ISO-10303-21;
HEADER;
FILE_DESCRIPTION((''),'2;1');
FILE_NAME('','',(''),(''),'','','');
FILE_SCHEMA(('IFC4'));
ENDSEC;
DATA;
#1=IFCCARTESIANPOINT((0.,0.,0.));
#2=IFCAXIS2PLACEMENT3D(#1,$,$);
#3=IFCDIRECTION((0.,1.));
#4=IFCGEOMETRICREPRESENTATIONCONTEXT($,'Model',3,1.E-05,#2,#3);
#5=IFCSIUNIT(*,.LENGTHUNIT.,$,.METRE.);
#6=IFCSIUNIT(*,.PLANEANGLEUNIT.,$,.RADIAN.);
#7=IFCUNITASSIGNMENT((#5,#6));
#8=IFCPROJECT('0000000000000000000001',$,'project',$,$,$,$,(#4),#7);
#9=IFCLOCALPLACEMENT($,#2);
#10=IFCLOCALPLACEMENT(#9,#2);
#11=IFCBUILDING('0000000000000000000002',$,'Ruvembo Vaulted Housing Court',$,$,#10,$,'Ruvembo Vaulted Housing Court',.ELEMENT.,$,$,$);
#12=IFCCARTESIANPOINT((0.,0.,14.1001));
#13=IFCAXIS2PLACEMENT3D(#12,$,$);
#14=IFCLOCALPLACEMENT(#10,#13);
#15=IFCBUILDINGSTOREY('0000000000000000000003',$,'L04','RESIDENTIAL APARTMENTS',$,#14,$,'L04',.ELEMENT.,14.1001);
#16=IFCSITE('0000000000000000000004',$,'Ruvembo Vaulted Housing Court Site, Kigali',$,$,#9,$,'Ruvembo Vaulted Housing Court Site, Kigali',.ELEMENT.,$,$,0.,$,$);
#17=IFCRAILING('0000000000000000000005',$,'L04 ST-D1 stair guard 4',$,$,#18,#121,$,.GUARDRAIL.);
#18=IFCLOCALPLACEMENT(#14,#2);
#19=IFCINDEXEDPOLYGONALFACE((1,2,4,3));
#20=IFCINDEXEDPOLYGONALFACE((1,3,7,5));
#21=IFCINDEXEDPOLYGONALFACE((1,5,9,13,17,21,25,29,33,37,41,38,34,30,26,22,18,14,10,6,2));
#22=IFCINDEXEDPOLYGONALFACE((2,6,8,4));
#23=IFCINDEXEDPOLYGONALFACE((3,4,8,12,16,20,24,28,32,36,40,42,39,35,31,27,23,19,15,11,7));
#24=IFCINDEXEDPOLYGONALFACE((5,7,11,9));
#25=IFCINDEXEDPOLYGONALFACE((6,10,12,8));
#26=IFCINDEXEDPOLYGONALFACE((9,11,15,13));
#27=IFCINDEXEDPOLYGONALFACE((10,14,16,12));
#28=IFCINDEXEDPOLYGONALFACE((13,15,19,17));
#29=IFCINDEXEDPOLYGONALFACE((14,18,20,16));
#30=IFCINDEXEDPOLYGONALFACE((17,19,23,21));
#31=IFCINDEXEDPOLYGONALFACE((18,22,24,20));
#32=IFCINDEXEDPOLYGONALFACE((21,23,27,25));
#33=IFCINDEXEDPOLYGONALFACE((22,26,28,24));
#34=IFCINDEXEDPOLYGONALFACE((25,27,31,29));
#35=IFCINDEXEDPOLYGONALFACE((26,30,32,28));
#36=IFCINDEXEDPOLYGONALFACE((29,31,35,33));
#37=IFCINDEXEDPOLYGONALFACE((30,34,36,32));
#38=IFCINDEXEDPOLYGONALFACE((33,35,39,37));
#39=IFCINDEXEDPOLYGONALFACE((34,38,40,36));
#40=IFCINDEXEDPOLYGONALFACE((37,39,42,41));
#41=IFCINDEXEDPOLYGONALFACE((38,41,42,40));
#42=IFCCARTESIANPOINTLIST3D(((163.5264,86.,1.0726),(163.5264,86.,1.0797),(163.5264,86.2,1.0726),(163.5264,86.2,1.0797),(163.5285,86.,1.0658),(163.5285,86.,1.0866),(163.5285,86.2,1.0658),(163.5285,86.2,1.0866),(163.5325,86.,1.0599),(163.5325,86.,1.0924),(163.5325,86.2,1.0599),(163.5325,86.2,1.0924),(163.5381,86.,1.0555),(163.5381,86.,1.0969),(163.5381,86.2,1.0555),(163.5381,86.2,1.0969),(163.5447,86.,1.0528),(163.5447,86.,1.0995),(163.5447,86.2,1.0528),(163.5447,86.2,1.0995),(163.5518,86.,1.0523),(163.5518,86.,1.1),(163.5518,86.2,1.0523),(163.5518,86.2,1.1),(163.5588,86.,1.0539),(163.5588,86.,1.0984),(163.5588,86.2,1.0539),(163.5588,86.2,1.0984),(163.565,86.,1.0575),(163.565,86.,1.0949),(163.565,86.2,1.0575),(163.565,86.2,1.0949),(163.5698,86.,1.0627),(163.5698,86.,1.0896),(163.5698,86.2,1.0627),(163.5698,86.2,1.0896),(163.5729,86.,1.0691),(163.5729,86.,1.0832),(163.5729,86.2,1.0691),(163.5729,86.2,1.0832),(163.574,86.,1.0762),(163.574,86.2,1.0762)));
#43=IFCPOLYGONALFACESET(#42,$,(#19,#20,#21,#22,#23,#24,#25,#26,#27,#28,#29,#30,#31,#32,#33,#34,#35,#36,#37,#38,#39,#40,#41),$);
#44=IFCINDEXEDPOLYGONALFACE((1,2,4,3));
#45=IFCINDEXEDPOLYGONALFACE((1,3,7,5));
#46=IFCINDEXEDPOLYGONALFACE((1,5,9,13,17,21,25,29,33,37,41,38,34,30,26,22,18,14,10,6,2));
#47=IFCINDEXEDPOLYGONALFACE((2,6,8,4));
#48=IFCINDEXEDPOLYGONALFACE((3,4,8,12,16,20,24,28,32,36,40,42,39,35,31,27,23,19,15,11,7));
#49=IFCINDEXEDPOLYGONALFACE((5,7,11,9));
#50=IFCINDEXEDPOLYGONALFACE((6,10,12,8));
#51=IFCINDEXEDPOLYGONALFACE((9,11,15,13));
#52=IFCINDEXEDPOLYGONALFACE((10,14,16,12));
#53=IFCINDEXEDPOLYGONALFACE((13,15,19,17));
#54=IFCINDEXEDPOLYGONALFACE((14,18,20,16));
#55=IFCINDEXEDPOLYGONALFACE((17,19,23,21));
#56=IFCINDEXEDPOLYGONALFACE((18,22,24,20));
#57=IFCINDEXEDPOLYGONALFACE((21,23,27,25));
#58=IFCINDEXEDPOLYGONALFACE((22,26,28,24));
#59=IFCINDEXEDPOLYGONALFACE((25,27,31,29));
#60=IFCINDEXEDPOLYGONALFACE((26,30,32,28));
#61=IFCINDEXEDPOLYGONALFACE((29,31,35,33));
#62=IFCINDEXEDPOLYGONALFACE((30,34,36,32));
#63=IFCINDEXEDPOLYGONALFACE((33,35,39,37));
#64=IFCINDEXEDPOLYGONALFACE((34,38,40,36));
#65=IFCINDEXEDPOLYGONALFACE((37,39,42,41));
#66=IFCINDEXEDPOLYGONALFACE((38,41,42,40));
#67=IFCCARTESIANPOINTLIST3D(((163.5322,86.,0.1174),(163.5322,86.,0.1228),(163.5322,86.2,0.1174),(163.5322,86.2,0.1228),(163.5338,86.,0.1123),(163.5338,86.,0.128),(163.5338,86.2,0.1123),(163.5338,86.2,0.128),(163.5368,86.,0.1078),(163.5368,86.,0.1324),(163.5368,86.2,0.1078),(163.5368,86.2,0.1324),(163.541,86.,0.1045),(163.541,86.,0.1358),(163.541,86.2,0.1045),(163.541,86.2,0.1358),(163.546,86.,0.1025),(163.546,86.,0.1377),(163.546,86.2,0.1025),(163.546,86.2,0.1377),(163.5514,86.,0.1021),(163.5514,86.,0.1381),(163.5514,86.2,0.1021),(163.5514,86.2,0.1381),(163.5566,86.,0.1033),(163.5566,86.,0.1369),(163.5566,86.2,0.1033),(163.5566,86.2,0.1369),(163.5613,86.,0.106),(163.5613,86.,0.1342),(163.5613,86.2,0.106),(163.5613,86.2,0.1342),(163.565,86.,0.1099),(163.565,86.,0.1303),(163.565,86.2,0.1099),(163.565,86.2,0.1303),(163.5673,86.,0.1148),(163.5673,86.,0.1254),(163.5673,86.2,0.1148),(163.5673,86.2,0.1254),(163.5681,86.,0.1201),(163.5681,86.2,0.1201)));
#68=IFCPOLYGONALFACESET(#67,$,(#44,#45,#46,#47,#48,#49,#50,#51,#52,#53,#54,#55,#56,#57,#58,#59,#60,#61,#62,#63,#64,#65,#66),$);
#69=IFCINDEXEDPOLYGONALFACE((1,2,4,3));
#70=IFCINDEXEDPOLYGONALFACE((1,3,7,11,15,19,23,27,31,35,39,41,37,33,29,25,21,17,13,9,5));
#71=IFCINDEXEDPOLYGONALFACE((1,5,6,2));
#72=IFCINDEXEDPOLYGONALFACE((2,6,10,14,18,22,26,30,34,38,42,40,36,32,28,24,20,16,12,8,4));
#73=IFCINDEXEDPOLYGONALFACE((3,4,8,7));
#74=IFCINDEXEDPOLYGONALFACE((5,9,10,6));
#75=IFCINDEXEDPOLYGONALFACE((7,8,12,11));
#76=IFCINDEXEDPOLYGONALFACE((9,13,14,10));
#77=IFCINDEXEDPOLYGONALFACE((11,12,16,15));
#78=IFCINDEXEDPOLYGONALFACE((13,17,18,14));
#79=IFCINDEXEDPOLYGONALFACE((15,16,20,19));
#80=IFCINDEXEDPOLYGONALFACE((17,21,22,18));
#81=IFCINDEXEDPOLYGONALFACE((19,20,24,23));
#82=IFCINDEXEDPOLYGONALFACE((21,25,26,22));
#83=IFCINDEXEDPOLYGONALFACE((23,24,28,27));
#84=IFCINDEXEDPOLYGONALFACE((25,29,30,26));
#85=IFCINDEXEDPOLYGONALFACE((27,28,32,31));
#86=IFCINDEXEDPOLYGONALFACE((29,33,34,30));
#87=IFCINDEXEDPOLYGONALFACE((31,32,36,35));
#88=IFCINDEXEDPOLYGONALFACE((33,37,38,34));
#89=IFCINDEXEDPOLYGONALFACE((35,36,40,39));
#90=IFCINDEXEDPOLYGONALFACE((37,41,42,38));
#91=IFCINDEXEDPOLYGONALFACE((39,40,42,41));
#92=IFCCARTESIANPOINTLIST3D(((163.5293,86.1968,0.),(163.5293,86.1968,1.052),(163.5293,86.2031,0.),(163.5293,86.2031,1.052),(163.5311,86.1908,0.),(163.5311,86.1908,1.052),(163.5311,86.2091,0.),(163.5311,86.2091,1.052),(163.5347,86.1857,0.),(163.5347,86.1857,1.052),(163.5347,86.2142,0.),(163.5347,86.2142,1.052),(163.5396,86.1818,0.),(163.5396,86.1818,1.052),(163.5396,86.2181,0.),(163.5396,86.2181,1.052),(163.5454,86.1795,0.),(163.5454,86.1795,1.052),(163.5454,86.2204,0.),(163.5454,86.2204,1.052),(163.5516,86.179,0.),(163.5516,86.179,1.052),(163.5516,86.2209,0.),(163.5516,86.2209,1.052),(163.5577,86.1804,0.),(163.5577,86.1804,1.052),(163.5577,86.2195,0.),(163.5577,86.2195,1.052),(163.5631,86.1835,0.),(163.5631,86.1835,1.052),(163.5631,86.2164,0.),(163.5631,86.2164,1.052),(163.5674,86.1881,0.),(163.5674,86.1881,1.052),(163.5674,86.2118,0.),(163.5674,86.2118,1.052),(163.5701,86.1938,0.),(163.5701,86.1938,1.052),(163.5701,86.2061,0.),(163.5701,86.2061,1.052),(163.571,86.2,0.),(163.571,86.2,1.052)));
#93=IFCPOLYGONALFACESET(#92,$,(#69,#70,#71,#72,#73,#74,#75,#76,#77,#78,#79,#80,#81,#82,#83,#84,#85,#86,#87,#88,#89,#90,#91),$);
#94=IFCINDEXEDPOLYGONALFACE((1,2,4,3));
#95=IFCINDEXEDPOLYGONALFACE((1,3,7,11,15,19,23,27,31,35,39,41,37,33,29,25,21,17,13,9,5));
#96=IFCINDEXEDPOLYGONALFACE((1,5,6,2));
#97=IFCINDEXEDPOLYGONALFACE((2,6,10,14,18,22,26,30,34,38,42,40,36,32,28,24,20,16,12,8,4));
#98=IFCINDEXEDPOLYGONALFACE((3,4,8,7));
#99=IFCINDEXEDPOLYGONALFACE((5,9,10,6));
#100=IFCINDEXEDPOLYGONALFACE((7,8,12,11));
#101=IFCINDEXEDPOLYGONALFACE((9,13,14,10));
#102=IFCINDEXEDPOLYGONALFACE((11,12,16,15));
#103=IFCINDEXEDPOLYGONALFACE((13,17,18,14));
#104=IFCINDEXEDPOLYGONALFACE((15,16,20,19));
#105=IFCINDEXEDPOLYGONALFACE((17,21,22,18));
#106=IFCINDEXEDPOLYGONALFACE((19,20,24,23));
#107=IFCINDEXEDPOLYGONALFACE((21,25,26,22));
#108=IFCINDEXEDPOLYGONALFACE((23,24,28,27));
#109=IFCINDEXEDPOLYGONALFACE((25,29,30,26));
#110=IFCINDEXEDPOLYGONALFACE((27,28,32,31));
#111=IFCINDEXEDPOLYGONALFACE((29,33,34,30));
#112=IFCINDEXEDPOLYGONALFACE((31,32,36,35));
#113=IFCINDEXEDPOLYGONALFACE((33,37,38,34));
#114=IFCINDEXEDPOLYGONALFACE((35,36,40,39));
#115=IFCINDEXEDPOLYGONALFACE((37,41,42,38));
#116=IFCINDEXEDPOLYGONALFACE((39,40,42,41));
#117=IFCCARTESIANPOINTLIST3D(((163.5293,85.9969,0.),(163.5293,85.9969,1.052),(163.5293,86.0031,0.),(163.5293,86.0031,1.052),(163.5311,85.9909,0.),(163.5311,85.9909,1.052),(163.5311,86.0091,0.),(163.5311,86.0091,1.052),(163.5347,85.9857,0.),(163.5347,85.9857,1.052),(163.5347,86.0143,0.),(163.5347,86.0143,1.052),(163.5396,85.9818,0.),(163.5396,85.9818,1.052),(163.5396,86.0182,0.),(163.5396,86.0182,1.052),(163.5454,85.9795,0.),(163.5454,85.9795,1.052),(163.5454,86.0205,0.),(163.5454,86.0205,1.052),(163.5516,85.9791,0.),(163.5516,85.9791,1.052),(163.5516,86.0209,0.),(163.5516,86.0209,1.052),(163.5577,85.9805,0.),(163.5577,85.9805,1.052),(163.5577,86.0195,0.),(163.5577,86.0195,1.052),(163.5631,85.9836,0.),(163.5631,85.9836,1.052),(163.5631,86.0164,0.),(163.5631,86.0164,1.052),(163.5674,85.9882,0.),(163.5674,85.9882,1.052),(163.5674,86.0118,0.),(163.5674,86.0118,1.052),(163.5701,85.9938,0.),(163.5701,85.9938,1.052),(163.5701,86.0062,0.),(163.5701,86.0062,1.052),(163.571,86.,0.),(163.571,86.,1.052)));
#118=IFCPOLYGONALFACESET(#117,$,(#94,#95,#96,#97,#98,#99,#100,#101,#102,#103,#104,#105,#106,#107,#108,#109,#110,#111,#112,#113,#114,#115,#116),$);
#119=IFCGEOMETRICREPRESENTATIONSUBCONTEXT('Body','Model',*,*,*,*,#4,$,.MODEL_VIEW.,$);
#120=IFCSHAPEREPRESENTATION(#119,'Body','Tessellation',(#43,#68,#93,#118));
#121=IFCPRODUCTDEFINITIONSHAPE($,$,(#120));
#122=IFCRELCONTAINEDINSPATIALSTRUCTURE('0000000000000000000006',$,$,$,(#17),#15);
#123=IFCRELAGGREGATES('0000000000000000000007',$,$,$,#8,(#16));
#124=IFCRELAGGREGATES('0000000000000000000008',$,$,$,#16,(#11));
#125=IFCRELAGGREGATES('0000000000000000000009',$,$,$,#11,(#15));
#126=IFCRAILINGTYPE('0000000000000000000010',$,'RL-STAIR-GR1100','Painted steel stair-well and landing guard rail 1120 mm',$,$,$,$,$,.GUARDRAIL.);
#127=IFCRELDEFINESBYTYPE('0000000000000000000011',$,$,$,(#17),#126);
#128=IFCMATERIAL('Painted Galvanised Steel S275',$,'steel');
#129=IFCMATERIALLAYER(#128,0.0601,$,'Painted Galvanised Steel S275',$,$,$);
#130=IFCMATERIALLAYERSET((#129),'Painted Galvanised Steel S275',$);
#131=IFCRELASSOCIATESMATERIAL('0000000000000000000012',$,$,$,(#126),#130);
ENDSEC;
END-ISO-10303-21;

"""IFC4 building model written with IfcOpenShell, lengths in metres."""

from ifc_helpers import new_model, si_unit, direction, frame, origin, origin_2d, place, context, subcontext, project, spatial, circle, extrude, material, layer, layer_set, type_object, element, save


model = new_model("IFC4")

# Units and contexts
model_context = context("Model", 3, precision=1e-05, world=origin(), true_north=direction((0.0, 1.0)))
body_context = subcontext(model_context, "Body", "Model", "MODEL_VIEW")
ifc_project = project(units=[si_unit("LENGTHUNIT", "METRE"), si_unit("PLANEANGLEUNIT", "RADIAN")], contexts=[model_context])

# Site, building, storey
site_placement = place(None, origin())
site = spatial("IfcSite", under=ifc_project, at=site_placement, Name="Ruvembo Vaulted Housing Court Site, Kigali", LongName="Ruvembo Vaulted Housing Court Site, Kigali", CompositionType="ELEMENT", RefElevation=0.0)
building_placement = place(site_placement, origin())
building = spatial("IfcBuilding", under=site, at=building_placement, Name="Ruvembo Vaulted Housing Court", LongName="Ruvembo Vaulted Housing Court", CompositionType="ELEMENT")
storey_placement = place(building_placement, frame((0.0, 0.0, 14.1001)))
storey = spatial("IfcBuildingStorey", under=building, at=storey_placement, Name="L04", Description="RESIDENTIAL APARTMENTS", LongName="L04", CompositionType="ELEMENT", Elevation=14.1001)

# Railing
ifc_material_1 = material(Name="Painted Galvanised Steel S275", Category="steel")
ifc_layer_1 = layer(ifc_material_1, 0.0601, Name="Painted Galvanised Steel S275")
ifc_layer_set_1 = layer_set([ifc_layer_1], Name="Painted Galvanised Steel S275")
railing_type_1 = type_object("IfcRailingType", Name="RL-STAIR-GR1100", Description="Painted steel stair-well and landing guard rail 1120 mm", PredefinedType="GUARDRAIL", material=ifc_layer_set_1)
railing_1_placement = place(storey_placement, frame((163.55, 86.2, 0.0)))
element("IfcRailing", 1, at=railing_1_placement, inside=storey, type_object=railing_type_1, Name="L04 ST-D1 stair guard 4", PredefinedType="GUARDRAIL", context=body_context, shape_type="SweptSolid", body=[
    extrude(circle(Radius=0.0239, at=origin_2d()), frame((0.0, 0.0, 1.0762), z_axis=(0.0, -1.0, 0.0), x_axis=(1.0, 0.0, 0.0)), (0.0, 0.0, 1.0), 0.2),
    extrude(circle(Radius=0.0181, at=origin_2d()), frame((0.0, 0.0, 0.1201), z_axis=(0.0, -1.0, 0.0), x_axis=(1.0, 0.0, 0.0)), (0.0, 0.0, 1.0), 0.2),
    extrude(circle(Radius=0.021, at=origin_2d()), origin(), (0.0, 0.0, 1.0), 1.052),
    extrude(circle(Radius=0.021, at=origin_2d()), frame((0.0, -0.2, 0.0)), (0.0, 0.0, 1.0), 1.052),
])

save(model, "model.ifc")
